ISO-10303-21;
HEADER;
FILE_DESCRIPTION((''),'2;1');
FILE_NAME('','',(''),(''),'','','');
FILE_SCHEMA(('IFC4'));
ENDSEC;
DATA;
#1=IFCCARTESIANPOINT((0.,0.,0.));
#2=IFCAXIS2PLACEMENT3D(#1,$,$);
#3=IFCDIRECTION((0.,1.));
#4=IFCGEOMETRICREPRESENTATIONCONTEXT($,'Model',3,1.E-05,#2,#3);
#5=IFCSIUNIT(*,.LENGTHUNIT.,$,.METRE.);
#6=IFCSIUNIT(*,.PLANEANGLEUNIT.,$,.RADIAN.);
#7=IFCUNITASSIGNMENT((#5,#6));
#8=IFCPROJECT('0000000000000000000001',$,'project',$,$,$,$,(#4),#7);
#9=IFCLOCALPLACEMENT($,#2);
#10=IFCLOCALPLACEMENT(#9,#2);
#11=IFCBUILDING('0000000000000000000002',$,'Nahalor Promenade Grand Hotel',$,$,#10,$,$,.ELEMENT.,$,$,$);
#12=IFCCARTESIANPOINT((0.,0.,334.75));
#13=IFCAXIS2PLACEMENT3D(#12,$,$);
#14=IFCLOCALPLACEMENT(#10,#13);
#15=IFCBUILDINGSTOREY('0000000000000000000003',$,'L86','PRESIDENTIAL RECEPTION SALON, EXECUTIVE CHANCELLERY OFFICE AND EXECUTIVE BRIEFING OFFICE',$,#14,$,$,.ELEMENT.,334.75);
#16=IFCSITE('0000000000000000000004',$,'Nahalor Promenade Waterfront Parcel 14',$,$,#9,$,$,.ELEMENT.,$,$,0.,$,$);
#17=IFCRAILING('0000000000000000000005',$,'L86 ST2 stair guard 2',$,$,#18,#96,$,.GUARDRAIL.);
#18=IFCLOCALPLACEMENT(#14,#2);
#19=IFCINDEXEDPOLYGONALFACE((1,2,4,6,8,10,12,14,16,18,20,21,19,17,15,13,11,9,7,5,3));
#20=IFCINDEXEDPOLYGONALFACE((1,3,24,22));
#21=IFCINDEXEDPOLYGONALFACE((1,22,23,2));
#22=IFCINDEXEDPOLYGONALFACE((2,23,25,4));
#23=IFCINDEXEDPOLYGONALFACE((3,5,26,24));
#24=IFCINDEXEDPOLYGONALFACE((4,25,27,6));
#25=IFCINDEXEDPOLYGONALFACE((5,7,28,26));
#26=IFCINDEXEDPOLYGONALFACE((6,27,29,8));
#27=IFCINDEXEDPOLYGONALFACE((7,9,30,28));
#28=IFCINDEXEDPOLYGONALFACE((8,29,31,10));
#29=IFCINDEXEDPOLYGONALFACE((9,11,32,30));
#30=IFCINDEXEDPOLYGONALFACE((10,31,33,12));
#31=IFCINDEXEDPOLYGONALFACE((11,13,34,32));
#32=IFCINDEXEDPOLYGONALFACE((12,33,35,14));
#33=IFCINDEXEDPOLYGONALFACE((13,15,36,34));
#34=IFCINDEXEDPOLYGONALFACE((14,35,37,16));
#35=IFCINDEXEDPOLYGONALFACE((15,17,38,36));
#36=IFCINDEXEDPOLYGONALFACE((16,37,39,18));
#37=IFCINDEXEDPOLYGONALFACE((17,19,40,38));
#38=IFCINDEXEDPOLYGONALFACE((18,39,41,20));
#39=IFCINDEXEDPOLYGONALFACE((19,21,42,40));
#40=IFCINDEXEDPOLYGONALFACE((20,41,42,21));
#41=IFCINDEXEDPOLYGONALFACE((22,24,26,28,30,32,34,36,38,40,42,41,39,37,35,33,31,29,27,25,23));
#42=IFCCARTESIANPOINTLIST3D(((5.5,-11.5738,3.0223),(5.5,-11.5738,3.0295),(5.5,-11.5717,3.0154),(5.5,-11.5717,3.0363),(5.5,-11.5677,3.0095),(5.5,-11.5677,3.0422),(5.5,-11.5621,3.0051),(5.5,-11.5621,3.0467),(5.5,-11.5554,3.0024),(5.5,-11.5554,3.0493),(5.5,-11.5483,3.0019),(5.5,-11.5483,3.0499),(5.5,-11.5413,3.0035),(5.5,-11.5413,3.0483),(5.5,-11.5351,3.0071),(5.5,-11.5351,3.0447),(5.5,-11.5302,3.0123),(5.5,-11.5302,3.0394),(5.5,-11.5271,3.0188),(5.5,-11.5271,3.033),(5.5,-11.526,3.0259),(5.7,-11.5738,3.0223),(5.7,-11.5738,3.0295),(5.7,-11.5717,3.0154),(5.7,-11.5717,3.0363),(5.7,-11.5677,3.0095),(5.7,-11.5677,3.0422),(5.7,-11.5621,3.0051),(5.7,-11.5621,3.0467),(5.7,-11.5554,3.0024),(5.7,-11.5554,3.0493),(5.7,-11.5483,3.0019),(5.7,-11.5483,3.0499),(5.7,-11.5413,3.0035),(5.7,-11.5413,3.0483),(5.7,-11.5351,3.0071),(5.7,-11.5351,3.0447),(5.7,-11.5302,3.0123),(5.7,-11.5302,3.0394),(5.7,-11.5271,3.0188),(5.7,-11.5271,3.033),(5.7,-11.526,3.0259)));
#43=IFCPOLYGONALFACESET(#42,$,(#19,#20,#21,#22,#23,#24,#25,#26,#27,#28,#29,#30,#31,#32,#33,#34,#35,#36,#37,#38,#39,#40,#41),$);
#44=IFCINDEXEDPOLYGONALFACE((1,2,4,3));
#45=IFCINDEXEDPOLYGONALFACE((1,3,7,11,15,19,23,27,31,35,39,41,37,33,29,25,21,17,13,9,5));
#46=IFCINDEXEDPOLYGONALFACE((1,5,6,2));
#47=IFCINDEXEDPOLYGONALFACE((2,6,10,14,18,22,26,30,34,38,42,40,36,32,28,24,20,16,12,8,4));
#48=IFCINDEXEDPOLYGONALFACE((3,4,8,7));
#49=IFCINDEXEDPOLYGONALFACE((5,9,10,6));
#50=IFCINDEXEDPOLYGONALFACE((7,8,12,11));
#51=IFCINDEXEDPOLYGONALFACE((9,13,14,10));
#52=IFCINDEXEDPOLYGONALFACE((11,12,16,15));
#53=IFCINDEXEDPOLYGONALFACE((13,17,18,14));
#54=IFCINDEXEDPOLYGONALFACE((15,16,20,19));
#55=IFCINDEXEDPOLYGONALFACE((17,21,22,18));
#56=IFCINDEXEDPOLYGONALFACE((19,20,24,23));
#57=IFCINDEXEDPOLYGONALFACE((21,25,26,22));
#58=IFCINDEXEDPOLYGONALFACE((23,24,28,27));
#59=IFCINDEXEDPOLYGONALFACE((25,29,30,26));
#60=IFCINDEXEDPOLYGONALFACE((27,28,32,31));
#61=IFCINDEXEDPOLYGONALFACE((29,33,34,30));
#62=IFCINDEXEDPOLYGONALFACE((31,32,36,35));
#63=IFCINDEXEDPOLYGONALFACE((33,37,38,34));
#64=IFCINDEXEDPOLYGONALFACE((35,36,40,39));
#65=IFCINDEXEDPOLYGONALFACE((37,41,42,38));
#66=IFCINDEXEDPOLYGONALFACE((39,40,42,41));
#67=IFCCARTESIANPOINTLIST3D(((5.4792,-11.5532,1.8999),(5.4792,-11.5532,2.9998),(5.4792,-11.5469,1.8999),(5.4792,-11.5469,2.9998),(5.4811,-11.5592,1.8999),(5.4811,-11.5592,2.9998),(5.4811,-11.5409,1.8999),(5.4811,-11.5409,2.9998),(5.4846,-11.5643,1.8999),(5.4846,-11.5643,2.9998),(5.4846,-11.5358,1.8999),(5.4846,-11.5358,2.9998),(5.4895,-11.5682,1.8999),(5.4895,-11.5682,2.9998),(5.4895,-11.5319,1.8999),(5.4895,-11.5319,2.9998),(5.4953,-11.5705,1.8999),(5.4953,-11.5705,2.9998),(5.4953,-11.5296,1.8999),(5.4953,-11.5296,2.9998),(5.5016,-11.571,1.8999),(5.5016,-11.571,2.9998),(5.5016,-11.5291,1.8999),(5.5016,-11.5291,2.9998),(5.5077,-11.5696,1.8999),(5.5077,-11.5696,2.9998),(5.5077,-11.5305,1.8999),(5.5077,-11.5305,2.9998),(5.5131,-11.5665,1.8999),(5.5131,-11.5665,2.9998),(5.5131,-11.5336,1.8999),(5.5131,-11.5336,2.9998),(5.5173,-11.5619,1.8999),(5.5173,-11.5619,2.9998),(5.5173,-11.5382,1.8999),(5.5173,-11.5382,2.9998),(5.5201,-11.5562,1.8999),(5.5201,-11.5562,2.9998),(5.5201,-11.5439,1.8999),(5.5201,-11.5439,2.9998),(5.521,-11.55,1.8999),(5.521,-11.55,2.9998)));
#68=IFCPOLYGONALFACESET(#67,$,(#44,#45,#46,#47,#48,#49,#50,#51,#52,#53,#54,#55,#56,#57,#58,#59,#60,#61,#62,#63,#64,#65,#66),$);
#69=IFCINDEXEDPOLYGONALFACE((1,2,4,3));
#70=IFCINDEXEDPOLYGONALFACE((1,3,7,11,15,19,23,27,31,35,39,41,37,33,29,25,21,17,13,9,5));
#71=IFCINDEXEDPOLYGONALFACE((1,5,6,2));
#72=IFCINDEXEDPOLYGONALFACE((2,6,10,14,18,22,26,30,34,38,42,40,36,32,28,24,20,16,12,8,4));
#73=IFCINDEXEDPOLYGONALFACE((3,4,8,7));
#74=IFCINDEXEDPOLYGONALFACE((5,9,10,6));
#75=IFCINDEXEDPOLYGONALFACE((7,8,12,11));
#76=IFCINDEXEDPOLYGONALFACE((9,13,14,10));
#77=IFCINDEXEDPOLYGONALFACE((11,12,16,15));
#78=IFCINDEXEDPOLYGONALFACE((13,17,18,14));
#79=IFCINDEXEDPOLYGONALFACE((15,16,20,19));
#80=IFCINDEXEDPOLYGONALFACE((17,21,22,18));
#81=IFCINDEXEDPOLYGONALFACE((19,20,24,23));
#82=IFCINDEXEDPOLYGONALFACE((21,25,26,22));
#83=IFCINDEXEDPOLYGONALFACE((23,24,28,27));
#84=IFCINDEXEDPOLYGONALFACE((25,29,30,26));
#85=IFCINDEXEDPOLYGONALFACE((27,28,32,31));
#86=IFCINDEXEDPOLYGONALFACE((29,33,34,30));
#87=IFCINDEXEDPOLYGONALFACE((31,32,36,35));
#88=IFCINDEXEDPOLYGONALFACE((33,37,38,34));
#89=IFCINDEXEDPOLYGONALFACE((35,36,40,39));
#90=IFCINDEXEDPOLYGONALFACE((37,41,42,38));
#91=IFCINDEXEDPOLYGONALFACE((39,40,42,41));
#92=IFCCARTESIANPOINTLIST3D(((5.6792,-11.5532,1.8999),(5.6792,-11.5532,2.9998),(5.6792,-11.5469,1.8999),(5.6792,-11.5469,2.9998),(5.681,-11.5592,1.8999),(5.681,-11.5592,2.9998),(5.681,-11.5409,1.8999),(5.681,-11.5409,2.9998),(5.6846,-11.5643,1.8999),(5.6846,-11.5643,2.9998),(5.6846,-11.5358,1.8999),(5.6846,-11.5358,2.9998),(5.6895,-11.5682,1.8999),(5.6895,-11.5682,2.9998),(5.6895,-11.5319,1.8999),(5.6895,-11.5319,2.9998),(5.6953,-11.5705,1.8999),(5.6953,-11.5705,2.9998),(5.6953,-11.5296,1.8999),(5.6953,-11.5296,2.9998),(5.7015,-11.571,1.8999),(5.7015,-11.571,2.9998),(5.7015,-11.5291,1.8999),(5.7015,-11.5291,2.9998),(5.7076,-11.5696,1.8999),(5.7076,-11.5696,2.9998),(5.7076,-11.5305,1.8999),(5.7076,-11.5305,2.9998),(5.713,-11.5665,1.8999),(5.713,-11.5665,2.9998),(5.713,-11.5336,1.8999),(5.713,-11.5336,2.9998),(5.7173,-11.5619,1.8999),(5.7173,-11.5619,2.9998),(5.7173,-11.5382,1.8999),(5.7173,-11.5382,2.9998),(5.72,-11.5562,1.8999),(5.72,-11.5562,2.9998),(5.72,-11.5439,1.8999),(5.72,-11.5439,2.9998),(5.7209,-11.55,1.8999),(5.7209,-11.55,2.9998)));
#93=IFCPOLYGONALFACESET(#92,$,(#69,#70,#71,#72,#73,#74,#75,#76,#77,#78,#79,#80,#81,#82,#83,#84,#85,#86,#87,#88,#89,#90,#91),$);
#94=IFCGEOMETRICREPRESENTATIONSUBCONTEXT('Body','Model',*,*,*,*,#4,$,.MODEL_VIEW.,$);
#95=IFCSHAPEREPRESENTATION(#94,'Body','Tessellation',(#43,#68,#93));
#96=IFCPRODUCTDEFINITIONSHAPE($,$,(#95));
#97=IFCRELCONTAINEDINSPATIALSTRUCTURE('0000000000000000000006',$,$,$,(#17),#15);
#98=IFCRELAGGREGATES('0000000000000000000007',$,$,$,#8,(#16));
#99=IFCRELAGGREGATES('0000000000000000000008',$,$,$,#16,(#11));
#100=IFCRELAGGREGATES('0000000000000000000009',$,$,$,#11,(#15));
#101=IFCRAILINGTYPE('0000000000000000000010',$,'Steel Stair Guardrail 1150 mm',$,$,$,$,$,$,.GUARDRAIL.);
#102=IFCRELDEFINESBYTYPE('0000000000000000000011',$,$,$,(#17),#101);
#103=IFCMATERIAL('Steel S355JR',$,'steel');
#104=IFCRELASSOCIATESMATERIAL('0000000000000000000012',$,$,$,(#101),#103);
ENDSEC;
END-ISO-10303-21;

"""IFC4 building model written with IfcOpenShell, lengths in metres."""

from ifc_helpers import new_model, si_unit, direction, frame, origin, origin_2d, place, context, subcontext, project, spatial, circle, extrude, material, type_object, element, save


model = new_model("IFC4")

# Units and contexts
model_context = context("Model", 3, precision=1e-05, world=origin(), true_north=direction((0.0, 1.0)))
body_context = subcontext(model_context, "Body", "Model", "MODEL_VIEW")
ifc_project = project(units=[si_unit("LENGTHUNIT", "METRE"), si_unit("PLANEANGLEUNIT", "RADIAN")], contexts=[model_context])

# Site, building, storey
site_placement = place(None, origin())
site = spatial("IfcSite", under=ifc_project, at=site_placement, Name="Nahalor Promenade Waterfront Parcel 14", CompositionType="ELEMENT", RefElevation=0.0)
building_placement = place(site_placement, origin())
building = spatial("IfcBuilding", under=site, at=building_placement, Name="Nahalor Promenade Grand Hotel", CompositionType="ELEMENT")
storey_placement = place(building_placement, frame((0.0, 0.0, 334.75)))
storey = spatial("IfcBuildingStorey", under=building, at=storey_placement, Name="L86", Description="PRESIDENTIAL RECEPTION SALON, EXECUTIVE CHANCELLERY OFFICE AND EXECUTIVE BRIEFING OFFICE", CompositionType="ELEMENT", Elevation=334.75)

# Shared definitions
ifc_material_1 = material(Name="Steel S355JR", Category="steel")

# Railing
railing_type_1 = type_object("IfcRailingType", Name="Steel Stair Guardrail 1150 mm", PredefinedType="GUARDRAIL", material=ifc_material_1)
railing_1_placement = place(storey_placement, frame((5.5, -11.55, 1.8999)))
element("IfcRailing", 1, at=railing_1_placement, inside=storey, type_object=railing_type_1, Name="L86 ST2 stair guard 2", PredefinedType="GUARDRAIL", context=body_context, shape_type="SweptSolid", body=[
    extrude(circle(Radius=0.024, at=origin_2d()), frame((0.0, 0.0, 1.126), z_axis=(1.0, 0.0, 0.0), x_axis=(0.0, 1.0, 0.0)), (0.0, 0.0, 1.0), 0.2),
    extrude(circle(Radius=0.021, at=origin_2d()), origin(), (0.0, 0.0, 1.0), 1.0999),
    extrude(circle(Radius=0.021, at=origin_2d()), frame((0.2, 0.0, 0.0)), (0.0, 0.0, 1.0), 1.0999),
])

save(model, "model.ifc")
